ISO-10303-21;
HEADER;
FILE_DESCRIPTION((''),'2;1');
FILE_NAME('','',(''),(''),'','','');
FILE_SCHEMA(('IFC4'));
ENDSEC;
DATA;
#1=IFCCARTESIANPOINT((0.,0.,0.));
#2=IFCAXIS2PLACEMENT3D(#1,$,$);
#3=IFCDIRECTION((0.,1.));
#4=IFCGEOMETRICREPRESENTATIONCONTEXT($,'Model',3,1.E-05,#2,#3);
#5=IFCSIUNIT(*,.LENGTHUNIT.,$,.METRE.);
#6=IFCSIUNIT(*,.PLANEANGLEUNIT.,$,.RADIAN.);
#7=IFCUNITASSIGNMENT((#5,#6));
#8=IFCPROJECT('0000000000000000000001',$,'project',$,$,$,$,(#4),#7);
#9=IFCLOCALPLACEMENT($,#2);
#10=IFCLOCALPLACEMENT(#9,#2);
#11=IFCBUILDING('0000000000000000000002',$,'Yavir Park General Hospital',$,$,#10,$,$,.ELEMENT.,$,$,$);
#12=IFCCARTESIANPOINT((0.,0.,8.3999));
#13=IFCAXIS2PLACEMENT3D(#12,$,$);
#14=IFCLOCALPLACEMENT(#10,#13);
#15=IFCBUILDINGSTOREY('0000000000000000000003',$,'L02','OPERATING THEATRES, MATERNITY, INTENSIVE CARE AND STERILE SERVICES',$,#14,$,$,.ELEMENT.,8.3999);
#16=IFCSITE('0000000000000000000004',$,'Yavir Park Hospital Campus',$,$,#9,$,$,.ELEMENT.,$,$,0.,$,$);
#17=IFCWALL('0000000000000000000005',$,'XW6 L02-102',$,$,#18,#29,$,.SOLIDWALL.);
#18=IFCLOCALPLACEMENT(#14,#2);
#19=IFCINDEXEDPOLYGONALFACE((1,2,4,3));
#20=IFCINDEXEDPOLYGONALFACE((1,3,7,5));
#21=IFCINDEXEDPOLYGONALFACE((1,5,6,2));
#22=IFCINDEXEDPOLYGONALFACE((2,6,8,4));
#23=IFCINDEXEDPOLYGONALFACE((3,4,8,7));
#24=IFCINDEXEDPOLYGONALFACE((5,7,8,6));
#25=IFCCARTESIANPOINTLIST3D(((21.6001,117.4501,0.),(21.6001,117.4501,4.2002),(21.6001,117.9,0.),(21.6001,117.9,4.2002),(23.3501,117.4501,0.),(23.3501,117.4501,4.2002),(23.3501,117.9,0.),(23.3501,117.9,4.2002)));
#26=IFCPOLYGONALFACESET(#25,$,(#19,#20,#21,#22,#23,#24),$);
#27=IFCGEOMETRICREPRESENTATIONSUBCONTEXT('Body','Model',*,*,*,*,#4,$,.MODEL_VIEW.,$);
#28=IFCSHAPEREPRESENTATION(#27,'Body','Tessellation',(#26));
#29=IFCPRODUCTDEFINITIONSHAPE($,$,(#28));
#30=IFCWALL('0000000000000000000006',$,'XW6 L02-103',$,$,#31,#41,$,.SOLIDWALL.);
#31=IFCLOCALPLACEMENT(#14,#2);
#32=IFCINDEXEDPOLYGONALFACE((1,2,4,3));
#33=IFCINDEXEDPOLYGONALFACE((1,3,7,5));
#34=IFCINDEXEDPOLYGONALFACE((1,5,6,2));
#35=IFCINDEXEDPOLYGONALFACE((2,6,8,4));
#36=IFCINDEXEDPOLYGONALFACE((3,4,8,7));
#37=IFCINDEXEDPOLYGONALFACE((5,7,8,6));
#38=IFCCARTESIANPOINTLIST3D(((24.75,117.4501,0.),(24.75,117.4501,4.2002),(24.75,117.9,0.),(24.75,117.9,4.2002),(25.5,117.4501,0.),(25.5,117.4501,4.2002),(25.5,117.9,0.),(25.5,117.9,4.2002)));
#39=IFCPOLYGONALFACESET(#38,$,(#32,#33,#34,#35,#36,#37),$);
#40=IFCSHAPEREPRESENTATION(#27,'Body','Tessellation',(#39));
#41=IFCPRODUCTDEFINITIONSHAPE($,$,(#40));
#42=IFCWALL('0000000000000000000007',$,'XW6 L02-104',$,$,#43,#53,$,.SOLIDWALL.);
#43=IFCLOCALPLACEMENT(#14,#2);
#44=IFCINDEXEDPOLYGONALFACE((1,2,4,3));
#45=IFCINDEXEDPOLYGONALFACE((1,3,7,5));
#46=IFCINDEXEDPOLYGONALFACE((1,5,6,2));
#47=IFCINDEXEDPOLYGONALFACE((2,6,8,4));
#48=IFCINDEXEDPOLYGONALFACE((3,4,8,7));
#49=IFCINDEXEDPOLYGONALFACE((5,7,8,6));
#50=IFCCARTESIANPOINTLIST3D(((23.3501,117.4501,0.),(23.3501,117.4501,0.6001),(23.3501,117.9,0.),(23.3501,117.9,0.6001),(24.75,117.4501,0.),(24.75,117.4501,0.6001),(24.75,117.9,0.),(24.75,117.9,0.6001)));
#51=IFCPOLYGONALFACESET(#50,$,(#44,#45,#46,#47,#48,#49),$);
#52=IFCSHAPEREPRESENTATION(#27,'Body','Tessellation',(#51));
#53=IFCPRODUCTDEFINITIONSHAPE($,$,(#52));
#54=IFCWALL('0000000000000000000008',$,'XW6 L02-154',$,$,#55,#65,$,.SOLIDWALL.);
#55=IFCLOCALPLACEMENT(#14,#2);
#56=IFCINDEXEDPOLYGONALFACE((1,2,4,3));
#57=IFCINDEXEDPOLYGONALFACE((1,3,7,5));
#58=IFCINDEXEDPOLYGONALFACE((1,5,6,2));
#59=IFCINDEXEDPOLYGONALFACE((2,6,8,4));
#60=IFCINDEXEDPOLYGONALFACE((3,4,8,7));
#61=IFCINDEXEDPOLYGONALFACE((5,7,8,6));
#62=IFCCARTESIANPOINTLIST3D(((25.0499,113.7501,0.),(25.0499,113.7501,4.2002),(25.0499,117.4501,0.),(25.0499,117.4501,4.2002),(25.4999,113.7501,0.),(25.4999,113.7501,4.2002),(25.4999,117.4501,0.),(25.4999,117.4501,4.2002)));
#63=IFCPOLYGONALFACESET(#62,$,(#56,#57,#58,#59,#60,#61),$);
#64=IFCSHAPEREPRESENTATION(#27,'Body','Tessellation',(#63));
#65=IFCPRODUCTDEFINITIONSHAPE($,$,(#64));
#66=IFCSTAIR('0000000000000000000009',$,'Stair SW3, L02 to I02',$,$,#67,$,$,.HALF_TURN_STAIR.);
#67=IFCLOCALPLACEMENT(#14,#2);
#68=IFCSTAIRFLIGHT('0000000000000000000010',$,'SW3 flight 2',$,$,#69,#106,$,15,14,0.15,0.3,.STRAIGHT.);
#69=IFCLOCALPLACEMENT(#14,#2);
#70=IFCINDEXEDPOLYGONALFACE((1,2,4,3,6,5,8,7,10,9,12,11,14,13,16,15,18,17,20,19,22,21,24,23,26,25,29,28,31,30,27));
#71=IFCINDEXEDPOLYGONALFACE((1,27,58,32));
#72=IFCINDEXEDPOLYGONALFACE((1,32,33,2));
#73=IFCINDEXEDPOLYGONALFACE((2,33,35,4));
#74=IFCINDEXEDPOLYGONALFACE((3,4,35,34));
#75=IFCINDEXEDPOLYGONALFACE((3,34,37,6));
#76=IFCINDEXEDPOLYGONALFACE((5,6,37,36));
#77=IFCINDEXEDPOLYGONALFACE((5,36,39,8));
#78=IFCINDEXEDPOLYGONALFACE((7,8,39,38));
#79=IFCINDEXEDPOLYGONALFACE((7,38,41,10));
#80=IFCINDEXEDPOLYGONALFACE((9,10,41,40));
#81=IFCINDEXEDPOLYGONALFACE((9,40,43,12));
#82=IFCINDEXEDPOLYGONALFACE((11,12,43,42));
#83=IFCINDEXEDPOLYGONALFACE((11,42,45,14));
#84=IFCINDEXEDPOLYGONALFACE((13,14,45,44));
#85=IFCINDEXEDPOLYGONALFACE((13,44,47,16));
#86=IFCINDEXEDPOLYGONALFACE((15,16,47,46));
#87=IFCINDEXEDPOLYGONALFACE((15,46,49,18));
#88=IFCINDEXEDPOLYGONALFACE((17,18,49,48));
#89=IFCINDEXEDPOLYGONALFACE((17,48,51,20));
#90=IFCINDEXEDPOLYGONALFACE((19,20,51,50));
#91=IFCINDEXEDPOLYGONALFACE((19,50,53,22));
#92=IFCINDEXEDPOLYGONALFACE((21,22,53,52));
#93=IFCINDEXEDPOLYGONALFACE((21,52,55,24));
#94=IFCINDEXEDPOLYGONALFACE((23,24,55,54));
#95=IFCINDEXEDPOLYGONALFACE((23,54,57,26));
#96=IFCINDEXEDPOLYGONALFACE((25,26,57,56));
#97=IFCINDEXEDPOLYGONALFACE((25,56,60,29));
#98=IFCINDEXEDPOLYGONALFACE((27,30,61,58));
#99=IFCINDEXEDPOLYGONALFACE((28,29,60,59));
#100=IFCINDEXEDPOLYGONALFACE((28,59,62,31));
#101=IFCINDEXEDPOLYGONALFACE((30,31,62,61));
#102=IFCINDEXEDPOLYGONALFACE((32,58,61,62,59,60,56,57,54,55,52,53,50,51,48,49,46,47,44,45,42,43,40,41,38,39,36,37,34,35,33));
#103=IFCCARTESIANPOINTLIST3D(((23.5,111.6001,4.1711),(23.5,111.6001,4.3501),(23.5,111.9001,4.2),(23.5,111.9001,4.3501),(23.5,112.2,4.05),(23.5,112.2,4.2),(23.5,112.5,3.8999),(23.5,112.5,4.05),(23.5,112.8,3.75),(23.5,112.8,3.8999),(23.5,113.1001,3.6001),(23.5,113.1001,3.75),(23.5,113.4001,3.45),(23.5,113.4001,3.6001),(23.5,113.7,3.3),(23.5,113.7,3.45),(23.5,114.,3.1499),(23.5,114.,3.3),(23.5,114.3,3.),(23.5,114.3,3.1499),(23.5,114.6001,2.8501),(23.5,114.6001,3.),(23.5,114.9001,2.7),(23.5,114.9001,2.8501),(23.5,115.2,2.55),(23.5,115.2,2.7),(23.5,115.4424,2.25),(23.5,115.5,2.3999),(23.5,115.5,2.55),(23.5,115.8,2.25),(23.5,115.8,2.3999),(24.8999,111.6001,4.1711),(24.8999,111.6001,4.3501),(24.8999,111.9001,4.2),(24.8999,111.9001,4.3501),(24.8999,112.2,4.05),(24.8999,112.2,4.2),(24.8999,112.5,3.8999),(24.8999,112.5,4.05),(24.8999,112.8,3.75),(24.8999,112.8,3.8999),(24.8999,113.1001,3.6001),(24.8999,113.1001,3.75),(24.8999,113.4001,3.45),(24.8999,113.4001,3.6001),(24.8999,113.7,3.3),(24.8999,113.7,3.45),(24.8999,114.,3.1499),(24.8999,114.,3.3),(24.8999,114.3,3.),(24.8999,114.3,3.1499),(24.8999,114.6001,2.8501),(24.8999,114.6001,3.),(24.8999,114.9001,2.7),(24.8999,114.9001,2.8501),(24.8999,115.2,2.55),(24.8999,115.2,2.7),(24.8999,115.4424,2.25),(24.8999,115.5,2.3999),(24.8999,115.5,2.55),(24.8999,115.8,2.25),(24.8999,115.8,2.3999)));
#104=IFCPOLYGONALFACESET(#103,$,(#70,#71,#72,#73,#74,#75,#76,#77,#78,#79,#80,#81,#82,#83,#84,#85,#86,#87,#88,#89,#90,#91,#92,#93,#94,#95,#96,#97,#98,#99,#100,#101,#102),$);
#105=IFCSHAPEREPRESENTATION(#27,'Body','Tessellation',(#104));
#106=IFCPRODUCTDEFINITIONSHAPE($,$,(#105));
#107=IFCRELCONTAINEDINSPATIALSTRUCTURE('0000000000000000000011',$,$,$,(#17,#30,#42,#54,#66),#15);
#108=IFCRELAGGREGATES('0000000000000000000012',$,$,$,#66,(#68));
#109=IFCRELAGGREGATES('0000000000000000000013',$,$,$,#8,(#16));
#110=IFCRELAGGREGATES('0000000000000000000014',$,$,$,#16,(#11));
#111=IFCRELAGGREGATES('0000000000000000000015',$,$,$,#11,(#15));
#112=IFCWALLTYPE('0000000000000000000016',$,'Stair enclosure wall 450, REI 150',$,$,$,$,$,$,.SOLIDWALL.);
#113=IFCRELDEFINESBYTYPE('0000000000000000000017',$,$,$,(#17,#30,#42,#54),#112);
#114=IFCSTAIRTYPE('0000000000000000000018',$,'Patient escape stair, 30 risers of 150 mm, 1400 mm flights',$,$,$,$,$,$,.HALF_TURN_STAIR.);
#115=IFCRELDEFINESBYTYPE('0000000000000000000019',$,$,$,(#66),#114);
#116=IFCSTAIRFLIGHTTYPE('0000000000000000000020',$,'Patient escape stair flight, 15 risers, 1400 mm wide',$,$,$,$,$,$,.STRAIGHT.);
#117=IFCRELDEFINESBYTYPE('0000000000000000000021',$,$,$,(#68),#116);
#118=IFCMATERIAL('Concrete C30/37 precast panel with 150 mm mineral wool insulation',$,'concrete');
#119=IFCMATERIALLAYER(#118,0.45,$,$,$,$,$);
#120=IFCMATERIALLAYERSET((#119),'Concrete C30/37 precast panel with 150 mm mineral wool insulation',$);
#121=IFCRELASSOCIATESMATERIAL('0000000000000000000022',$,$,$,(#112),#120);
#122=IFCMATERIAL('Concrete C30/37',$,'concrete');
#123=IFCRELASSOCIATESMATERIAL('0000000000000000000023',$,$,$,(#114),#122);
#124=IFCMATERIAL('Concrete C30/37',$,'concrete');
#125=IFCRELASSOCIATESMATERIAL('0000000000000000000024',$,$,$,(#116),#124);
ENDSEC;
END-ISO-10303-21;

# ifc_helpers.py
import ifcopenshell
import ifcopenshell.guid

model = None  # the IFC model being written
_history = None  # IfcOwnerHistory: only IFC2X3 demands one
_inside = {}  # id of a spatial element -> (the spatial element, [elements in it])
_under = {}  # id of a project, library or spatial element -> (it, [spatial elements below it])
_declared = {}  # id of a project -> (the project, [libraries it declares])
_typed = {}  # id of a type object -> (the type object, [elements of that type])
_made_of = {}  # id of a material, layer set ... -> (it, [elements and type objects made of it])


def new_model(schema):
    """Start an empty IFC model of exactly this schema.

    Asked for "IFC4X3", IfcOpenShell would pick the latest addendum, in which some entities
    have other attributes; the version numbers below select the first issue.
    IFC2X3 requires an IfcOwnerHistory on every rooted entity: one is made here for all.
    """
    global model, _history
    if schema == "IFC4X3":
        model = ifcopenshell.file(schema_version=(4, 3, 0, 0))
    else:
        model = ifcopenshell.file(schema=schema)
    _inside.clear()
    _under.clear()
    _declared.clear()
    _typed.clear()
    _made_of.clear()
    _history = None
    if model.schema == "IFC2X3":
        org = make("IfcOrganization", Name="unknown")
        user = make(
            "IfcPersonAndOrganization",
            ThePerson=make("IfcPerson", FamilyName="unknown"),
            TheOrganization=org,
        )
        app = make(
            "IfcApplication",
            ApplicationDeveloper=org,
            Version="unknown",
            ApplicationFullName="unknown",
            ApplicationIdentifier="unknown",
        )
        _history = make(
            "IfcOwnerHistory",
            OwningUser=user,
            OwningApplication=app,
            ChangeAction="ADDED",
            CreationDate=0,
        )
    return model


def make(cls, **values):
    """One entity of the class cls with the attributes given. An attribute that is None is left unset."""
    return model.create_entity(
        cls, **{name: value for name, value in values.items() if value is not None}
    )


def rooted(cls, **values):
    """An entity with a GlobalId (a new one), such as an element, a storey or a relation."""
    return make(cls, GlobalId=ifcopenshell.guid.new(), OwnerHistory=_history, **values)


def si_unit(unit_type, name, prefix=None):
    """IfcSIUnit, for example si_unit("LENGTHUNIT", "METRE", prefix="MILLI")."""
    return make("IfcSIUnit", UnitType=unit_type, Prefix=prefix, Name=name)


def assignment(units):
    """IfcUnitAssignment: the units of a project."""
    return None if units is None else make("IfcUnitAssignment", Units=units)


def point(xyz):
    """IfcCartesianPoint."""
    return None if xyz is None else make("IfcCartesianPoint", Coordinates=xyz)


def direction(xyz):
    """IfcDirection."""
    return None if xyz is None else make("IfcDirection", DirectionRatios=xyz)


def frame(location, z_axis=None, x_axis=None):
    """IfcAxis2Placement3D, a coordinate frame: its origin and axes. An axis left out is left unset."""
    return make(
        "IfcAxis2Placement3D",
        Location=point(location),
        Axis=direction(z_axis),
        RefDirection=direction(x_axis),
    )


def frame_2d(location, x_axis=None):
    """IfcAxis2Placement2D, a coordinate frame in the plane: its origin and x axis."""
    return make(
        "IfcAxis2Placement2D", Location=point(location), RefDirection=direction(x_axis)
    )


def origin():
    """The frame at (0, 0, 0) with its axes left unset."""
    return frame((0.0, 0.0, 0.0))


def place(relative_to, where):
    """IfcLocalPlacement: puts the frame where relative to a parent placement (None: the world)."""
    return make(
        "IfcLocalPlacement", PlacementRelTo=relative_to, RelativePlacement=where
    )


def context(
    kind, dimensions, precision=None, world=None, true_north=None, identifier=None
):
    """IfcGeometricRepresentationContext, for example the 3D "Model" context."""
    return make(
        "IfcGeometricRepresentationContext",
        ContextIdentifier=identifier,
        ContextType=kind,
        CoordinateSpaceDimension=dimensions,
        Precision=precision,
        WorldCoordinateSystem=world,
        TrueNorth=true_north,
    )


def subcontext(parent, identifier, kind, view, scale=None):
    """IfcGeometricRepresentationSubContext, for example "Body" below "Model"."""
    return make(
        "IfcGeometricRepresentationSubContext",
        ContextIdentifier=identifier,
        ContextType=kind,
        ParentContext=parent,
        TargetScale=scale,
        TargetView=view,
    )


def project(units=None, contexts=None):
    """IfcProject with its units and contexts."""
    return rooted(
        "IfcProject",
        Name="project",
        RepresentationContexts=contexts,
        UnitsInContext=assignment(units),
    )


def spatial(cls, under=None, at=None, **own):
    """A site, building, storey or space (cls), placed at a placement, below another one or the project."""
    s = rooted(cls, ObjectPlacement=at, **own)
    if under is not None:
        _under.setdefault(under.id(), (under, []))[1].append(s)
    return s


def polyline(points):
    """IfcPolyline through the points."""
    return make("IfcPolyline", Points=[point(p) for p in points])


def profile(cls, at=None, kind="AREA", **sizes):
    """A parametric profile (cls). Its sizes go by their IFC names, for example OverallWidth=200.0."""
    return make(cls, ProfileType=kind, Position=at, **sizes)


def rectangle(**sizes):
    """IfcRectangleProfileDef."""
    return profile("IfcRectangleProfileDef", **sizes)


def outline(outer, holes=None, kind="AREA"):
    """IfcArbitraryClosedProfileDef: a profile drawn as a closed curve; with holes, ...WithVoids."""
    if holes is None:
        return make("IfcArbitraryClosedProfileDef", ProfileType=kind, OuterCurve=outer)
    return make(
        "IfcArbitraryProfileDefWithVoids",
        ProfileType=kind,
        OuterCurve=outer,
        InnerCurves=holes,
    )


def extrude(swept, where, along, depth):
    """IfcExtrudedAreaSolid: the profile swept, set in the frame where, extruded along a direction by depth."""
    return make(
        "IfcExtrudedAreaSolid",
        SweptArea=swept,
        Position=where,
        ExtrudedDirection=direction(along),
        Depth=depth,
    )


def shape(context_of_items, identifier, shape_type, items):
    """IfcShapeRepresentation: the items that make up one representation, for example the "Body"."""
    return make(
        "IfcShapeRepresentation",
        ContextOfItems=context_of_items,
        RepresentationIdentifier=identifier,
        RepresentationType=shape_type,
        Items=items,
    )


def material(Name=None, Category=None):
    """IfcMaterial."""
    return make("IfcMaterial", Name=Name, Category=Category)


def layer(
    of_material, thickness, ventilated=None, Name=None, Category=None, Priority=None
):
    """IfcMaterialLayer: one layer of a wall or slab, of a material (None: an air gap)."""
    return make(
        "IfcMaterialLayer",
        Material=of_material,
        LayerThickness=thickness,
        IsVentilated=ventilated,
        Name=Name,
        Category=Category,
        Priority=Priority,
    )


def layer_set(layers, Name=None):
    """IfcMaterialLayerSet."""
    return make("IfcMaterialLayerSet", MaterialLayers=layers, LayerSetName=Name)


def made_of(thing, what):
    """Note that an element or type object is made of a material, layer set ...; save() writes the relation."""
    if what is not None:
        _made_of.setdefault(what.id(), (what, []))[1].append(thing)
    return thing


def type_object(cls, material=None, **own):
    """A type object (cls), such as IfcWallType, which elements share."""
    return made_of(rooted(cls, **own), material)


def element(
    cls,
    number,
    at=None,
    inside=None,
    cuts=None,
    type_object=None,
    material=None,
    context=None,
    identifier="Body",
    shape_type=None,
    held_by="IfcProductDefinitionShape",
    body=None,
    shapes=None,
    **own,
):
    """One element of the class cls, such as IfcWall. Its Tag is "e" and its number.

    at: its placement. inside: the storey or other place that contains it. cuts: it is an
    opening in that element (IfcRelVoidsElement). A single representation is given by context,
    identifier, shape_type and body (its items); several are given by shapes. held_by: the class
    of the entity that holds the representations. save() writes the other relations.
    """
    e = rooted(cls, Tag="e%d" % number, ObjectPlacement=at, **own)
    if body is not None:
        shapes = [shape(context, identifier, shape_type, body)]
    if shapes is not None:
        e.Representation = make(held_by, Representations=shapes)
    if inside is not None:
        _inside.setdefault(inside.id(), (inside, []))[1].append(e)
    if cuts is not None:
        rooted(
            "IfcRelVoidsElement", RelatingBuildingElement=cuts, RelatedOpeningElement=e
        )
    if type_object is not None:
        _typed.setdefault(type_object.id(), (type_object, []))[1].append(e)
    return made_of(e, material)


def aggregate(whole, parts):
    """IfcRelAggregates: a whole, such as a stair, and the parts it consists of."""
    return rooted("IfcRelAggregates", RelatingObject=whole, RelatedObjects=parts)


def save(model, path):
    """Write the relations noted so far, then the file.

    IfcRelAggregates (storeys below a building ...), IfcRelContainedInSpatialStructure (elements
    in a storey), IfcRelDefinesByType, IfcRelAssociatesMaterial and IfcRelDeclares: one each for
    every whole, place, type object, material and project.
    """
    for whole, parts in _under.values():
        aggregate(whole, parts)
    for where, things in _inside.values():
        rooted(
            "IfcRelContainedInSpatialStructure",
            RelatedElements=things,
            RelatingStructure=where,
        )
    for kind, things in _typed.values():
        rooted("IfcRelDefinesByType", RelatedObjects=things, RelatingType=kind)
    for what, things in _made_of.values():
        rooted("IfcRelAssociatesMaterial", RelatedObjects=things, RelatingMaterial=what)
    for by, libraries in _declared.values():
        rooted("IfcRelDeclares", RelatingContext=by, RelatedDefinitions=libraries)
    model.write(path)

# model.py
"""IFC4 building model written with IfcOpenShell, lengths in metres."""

from ifc_helpers import new_model, si_unit, direction, frame, frame_2d, origin, place, context, subcontext, project, spatial, polyline, rectangle, outline, extrude, material, layer, layer_set, type_object, element, aggregate, save


model = new_model("IFC4")

# Units and contexts
model_context = context("Model", 3, precision=1e-05, world=origin(), true_north=direction((0.0, 1.0)))
body_context = subcontext(model_context, "Body", "Model", "MODEL_VIEW")
ifc_project = project(units=[si_unit("LENGTHUNIT", "METRE"), si_unit("PLANEANGLEUNIT", "RADIAN")], contexts=[model_context])

# Site, building, storey
site_placement = place(None, origin())
site = spatial("IfcSite", under=ifc_project, at=site_placement, Name="Yavir Park Hospital Campus", CompositionType="ELEMENT", RefElevation=0.0)
building_placement = place(site_placement, origin())
building = spatial("IfcBuilding", under=site, at=building_placement, Name="Yavir Park General Hospital", CompositionType="ELEMENT")
storey_placement = place(building_placement, frame((0.0, 0.0, 8.3999)))
storey = spatial("IfcBuildingStorey", under=building, at=storey_placement, Name="L02", Description="OPERATING THEATRES, MATERNITY, INTENSIVE CARE AND STERILE SERVICES", CompositionType="ELEMENT", Elevation=8.3999)

# Walls
ifc_material_1 = material(Name="Concrete C30/37 precast panel with 150 mm mineral wool insulation", Category="concrete")
ifc_layer_1 = layer(ifc_material_1, 0.45)
ifc_layer_set_1 = layer_set([ifc_layer_1], Name="Concrete C30/37 precast panel with 150 mm mineral wool insulation")
wall_type = type_object("IfcWallType", Name="Stair enclosure wall 450, REI 150", PredefinedType="SOLIDWALL", material=ifc_layer_set_1)
wall_1_placement = place(storey_placement, frame((21.6001, 117.675, 0.0), z_axis=(0.0, 0.0, 1.0), x_axis=(1.0, 0.0, 0.0)))
element("IfcWall", 1, at=wall_1_placement, inside=storey, type_object=wall_type, Name="XW6 L02-102", PredefinedType="SOLIDWALL", context=body_context, shape_type="SweptSolid", body=[
    extrude(rectangle(XDim=1.75, YDim=0.45, at=frame_2d((0.875, 0.0))), origin(), (0.0, 0.0, 1.0), 4.2002),
])
wall_2_placement = place(storey_placement, frame((24.75, 117.675, 0.0), z_axis=(0.0, 0.0, 1.0), x_axis=(1.0, 0.0, 0.0)))
element("IfcWall", 2, at=wall_2_placement, inside=storey, type_object=wall_type, Name="XW6 L02-103", PredefinedType="SOLIDWALL", context=body_context, shape_type="SweptSolid", body=[
    extrude(rectangle(XDim=0.75, YDim=0.45, at=frame_2d((0.375, 0.0))), origin(), (0.0, 0.0, 1.0), 4.2002),
])
wall_3_placement = place(storey_placement, frame((23.3501, 117.675, 0.0), z_axis=(0.0, 0.0, 1.0), x_axis=(1.0, 0.0, 0.0)))
element("IfcWall", 3, at=wall_3_placement, inside=storey, type_object=wall_type, Name="XW6 L02-104", PredefinedType="SOLIDWALL", context=body_context, shape_type="SweptSolid", body=[
    extrude(rectangle(XDim=1.3999, YDim=0.45, at=frame_2d((0.7, 0.0))), origin(), (0.0, 0.0, 1.0), 0.6001),
])
wall_4_placement = place(storey_placement, frame((25.2749, 113.75, 0.0), z_axis=(0.0, 0.0, 1.0), x_axis=(0.0, 1.0, 0.0)))
element("IfcWall", 4, at=wall_4_placement, inside=storey, type_object=wall_type, Name="XW6 L02-154", PredefinedType="SOLIDWALL", context=body_context, shape_type="SweptSolid", body=[
    extrude(rectangle(XDim=3.7, YDim=0.45, at=frame_2d((1.8501, 0.0))), origin(), (0.0, 0.0, 1.0), 4.2002),
])

# Stair, stair flight
ifc_material_2 = material(Name="Concrete C30/37", Category="concrete")
stair_type = type_object("IfcStairType", Name="Patient escape stair, 30 risers of 150 mm, 1400 mm flights", PredefinedType="HALF_TURN_STAIR", material=ifc_material_2)
stair_placement = place(storey_placement, origin())
stair = element("IfcStair", 5, at=stair_placement, inside=storey, type_object=stair_type, Name="Stair SW3, L02 to I02", PredefinedType="HALF_TURN_STAIR")
ifc_material_3 = material(Name="Concrete C30/37", Category="concrete")
stair_flight_type = type_object("IfcStairFlightType", Name="Patient escape stair flight, 15 risers, 1400 mm wide", PredefinedType="STRAIGHT", material=ifc_material_3)
stair_flight_placement = place(storey_placement, frame((24.2, 115.8, 2.25), z_axis=(0.0, 0.0, 1.0), x_axis=(0.0, -1.0, 0.0)))
stair_flight = element("IfcStairFlight", 6, at=stair_flight_placement, type_object=stair_flight_type, Name="SW3 flight 2", NumberOfRisers=15, NumberOfTreads=14, PredefinedType="STRAIGHT", RiserHeight=0.15, TreadLength=0.3, context=body_context, shape_type="SweptSolid", body=[
    extrude(outline(polyline([(0.0, 0.0), (0.0, 0.1499), (0.3, 0.1499), (0.3, 0.3), (0.6001, 0.3), (0.6001, 0.45), (0.8999, 0.45), (0.8999, 0.6001), (1.2, 0.6001), (1.2, 0.75), (1.5, 0.75), (1.5, 0.8999), (1.8, 0.8999), (1.8, 1.05), (2.1001, 1.05), (2.1001, 1.2), (2.3999, 1.2), (2.3999, 1.3501), (2.7, 1.3501), (2.7, 1.5), (3.0, 1.5), (3.0, 1.6499), (3.3, 1.6499), (3.3, 1.8), (3.6001, 1.8), (3.6001, 1.95), (3.8999, 1.95), (3.8999, 2.1001), (4.2, 2.1001), (4.2, 2.25), (4.2, 1.9211), (0.3577, 0.0), (0.0, 0.0)])), frame((0.0, 0.7, 0.0), z_axis=(0.0, -1.0, 0.0), x_axis=(1.0, 0.0, 0.0)), (0.0, 0.0, 1.0), 1.3999),
])
aggregate(stair, [stair_flight])

save(model, "model.ifc")
